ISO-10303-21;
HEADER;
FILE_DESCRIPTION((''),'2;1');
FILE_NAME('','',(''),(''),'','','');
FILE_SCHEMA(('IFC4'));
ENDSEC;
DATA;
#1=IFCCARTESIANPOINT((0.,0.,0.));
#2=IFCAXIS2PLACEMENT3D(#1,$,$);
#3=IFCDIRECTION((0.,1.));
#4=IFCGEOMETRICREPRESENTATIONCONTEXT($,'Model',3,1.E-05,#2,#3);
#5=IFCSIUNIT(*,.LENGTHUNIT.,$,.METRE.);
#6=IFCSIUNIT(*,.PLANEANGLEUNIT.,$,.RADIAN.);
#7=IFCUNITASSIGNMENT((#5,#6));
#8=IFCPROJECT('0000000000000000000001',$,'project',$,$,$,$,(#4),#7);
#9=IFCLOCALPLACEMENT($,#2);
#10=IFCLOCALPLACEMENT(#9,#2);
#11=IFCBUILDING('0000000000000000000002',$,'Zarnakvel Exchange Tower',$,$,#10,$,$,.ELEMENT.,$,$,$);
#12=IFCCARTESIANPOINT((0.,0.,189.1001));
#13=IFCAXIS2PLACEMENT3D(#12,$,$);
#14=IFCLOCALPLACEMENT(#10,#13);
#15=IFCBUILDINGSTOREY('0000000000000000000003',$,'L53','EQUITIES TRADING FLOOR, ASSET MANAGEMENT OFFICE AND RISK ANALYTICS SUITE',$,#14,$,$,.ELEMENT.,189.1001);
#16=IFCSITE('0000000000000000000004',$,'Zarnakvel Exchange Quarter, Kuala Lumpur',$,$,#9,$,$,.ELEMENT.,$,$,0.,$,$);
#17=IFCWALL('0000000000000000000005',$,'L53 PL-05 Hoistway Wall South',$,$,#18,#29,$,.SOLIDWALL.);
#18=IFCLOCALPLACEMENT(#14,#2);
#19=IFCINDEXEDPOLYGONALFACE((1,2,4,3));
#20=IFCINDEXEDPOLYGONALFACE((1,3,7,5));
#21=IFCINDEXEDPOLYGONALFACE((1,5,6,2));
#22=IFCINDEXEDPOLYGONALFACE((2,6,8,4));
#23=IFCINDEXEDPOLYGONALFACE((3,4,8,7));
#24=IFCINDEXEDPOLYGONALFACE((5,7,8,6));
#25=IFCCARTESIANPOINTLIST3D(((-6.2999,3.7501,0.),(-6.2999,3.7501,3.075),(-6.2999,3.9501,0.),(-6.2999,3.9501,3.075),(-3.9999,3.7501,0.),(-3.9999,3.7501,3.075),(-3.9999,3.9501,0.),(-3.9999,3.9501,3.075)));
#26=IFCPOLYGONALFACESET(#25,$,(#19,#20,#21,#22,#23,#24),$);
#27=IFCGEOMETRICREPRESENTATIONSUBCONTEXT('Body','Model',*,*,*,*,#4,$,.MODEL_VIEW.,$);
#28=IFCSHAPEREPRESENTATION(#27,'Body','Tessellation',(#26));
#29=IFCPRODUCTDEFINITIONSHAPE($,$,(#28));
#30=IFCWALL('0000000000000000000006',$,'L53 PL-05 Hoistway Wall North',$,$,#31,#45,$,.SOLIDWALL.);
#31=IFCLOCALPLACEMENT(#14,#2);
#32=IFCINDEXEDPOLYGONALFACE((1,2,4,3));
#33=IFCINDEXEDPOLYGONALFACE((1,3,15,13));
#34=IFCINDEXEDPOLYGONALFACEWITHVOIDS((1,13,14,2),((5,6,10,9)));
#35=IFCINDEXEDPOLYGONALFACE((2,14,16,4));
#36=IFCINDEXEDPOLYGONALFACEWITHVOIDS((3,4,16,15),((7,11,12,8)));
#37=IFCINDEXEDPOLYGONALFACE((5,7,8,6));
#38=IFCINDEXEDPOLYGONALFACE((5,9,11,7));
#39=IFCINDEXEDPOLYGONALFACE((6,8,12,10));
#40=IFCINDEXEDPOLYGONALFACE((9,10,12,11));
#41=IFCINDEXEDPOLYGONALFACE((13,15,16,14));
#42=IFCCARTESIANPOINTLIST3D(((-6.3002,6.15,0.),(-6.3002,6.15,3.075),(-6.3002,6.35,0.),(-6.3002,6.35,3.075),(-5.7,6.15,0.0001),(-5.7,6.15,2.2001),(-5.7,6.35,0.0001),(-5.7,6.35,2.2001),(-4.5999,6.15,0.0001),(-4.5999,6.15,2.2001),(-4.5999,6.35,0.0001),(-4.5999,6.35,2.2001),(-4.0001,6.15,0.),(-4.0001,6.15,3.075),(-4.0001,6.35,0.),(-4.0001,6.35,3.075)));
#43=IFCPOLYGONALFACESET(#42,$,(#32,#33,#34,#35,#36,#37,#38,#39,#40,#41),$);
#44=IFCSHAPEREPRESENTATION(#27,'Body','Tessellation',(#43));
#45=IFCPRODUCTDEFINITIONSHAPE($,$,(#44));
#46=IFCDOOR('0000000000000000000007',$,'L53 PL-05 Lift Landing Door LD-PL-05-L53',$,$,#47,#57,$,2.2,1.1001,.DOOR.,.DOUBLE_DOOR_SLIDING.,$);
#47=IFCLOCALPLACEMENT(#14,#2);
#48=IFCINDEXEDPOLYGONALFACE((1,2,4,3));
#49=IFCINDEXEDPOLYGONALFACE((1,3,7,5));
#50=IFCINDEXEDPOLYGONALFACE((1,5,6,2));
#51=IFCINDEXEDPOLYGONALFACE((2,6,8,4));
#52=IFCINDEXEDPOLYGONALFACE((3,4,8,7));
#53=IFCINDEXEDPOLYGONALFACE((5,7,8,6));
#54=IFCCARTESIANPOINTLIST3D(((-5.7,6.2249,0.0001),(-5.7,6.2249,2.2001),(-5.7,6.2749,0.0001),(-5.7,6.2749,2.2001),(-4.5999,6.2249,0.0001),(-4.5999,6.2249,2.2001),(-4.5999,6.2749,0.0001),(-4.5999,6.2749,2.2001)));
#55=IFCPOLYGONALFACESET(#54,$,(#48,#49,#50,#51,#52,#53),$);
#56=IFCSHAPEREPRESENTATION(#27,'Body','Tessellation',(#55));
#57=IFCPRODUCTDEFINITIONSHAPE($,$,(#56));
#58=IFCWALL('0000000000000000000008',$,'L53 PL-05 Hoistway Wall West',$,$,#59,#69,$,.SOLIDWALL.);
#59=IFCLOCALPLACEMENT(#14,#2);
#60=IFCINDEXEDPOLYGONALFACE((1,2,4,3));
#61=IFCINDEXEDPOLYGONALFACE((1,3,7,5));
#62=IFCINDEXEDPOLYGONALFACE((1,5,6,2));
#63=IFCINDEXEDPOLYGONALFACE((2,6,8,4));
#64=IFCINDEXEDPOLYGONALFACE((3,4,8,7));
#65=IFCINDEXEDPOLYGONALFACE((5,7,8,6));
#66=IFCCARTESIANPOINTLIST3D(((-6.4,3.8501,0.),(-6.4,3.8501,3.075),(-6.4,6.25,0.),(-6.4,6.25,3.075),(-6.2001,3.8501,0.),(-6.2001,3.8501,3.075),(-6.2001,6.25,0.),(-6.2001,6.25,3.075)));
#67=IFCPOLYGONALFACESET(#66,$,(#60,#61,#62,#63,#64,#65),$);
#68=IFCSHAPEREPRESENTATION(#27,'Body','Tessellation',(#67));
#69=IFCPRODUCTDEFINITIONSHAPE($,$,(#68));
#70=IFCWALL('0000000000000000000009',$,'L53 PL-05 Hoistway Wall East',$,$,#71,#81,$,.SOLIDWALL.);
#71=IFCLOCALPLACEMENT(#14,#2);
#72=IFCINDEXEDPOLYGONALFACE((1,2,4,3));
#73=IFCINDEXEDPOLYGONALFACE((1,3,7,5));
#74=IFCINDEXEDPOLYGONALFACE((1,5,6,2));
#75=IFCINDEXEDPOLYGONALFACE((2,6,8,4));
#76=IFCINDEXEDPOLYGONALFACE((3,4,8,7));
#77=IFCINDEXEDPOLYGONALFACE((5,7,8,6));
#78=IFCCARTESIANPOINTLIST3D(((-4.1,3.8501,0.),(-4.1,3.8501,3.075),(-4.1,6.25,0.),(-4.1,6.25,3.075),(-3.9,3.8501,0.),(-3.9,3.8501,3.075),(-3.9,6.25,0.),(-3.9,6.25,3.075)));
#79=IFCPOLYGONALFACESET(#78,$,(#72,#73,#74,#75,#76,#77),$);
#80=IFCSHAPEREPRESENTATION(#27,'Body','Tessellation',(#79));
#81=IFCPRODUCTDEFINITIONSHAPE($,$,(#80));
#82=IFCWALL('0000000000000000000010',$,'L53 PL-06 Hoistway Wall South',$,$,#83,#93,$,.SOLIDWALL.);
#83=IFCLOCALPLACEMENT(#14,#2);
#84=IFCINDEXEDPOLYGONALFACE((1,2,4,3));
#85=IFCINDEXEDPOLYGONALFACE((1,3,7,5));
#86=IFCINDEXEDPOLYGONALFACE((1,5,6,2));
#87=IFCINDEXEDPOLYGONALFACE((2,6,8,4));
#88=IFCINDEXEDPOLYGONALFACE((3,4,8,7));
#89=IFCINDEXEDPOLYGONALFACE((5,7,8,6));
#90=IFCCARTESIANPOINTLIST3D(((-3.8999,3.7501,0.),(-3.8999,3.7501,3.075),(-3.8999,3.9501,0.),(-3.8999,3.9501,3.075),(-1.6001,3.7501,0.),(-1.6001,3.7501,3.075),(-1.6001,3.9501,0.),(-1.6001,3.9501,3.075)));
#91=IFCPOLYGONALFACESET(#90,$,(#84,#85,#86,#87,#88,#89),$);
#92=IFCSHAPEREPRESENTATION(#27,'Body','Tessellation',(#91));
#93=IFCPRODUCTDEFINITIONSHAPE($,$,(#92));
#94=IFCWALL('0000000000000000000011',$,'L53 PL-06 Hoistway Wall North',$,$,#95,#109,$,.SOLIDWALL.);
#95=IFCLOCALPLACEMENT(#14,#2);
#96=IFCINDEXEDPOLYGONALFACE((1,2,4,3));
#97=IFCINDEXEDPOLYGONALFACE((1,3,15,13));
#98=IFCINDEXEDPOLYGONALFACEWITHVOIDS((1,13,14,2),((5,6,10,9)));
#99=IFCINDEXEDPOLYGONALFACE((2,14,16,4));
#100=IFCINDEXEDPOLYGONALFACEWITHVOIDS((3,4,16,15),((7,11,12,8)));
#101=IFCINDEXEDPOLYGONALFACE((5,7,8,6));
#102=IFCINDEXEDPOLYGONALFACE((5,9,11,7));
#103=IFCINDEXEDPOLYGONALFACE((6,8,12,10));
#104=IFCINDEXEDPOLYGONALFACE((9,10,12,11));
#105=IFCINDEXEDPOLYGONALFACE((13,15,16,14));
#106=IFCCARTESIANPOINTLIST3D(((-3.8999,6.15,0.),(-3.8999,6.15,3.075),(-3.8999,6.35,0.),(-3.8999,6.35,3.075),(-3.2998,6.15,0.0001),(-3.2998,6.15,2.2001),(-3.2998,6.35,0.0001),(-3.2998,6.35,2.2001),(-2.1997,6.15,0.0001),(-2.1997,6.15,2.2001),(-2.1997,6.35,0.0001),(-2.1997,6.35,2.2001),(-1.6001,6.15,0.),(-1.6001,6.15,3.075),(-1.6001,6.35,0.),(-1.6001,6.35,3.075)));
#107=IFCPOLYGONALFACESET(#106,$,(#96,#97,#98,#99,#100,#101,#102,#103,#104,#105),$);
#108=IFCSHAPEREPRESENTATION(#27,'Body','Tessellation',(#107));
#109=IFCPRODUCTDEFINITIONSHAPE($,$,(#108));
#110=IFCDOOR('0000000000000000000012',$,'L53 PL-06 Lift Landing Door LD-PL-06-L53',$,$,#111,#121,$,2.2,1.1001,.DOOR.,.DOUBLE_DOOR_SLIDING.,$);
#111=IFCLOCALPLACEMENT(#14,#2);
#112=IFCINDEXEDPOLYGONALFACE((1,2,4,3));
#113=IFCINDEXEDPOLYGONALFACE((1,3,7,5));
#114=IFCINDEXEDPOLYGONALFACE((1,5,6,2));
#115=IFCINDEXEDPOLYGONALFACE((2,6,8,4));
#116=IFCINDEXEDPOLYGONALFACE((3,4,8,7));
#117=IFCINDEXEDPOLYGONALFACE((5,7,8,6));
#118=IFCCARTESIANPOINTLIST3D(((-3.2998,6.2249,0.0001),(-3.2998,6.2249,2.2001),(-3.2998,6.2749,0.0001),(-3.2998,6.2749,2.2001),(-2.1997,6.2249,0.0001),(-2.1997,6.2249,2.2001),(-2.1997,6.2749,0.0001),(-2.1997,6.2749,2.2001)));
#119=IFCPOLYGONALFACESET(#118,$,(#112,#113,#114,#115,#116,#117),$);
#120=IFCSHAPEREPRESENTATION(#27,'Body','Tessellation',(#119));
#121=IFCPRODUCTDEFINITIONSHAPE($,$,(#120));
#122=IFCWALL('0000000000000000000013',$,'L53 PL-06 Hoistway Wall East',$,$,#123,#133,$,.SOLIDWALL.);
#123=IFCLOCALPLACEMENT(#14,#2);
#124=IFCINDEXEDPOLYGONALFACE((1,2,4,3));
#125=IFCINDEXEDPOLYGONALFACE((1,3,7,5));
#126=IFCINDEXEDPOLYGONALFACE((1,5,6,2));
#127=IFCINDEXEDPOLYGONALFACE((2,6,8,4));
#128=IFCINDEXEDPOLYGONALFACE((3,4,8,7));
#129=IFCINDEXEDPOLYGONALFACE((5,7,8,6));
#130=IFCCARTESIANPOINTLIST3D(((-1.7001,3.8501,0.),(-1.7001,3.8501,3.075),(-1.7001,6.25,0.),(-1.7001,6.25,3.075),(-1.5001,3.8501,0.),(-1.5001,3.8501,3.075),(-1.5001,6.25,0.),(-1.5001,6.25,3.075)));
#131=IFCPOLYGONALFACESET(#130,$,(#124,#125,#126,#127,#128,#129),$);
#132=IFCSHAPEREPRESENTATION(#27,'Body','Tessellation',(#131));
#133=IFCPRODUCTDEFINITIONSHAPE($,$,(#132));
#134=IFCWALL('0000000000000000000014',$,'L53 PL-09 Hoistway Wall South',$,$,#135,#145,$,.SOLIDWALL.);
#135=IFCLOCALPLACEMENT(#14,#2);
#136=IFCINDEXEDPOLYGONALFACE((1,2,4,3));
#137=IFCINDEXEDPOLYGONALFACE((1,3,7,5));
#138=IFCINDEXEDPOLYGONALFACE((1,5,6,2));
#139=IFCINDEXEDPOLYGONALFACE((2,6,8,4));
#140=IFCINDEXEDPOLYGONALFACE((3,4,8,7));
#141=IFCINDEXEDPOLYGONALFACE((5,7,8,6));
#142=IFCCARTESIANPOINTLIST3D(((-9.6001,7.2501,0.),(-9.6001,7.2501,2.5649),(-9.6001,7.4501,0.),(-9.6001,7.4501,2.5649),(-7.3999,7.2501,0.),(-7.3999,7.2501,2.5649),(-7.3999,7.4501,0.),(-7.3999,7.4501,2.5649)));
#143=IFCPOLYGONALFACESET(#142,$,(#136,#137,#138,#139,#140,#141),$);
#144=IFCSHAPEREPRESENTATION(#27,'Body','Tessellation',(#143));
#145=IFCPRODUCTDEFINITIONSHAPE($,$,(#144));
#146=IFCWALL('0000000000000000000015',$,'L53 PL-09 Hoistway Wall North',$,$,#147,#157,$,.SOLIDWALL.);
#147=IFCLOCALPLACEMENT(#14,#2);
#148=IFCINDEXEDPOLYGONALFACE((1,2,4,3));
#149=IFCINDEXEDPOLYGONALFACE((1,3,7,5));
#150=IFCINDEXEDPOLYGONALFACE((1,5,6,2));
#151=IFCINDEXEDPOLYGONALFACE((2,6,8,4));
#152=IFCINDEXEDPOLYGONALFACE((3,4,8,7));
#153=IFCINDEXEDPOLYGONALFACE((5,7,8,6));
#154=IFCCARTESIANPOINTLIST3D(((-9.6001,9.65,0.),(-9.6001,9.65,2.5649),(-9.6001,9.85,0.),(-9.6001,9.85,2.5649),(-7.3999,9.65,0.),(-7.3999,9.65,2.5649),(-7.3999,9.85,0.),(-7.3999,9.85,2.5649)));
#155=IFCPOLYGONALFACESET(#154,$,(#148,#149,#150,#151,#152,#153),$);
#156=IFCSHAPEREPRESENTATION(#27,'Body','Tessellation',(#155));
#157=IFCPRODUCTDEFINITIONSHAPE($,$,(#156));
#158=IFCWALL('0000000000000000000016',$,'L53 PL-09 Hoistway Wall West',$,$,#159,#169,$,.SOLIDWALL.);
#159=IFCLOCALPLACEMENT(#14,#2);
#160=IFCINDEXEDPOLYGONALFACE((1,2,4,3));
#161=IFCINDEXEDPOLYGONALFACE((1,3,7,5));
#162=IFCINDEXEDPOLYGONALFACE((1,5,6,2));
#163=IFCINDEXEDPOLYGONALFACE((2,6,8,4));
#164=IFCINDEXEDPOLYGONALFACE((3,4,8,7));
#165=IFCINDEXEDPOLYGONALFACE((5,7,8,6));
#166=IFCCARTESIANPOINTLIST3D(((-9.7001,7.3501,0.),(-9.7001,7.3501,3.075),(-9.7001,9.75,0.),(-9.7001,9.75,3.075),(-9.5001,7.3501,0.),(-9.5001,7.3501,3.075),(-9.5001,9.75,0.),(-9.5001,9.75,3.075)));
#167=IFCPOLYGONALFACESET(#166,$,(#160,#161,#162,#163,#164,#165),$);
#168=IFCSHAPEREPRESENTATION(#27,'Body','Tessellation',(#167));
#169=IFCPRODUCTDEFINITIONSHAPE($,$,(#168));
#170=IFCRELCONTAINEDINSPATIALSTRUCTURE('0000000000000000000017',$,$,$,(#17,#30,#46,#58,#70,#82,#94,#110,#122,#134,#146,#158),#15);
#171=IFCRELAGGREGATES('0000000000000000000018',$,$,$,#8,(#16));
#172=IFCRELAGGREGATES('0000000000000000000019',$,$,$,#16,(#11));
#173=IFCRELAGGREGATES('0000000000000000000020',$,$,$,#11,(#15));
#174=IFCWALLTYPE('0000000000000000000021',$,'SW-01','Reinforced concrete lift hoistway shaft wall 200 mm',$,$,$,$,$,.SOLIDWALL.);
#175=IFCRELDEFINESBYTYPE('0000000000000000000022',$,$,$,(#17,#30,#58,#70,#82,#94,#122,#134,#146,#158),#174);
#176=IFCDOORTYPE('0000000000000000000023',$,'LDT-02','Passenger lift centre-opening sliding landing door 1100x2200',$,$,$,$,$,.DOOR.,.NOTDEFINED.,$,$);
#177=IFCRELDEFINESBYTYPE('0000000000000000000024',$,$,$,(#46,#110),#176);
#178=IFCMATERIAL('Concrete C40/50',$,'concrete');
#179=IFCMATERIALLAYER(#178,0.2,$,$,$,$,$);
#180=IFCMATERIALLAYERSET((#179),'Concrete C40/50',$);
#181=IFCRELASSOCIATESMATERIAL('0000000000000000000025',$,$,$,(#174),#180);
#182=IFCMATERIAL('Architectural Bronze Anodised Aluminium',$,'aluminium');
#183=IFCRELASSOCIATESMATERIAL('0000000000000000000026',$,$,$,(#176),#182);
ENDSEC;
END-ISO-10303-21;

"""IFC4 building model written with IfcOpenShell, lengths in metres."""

from ifc_helpers import new_model, si_unit, direction, frame, frame_2d, origin, place, context, subcontext, project, spatial, rectangle, extrude, source, transform, mapped, material, layer, layer_set, type_object, element, fill, save


model = new_model("IFC4")

# Units and contexts
model_context = context("Model", 3, precision=1e-05, world=origin(), true_north=direction((0.0, 1.0)))
body_context = subcontext(model_context, "Body", "Model", "MODEL_VIEW")
ifc_project = project(units=[si_unit("LENGTHUNIT", "METRE"), si_unit("PLANEANGLEUNIT", "RADIAN")], contexts=[model_context])

# Site, building, storey
site_placement = place(None, origin())
site = spatial("IfcSite", under=ifc_project, at=site_placement, Name="Zarnakvel Exchange Quarter, Kuala Lumpur", CompositionType="ELEMENT", RefElevation=0.0)
building_placement = place(site_placement, origin())
building = spatial("IfcBuilding", under=site, at=building_placement, Name="Zarnakvel Exchange Tower", CompositionType="ELEMENT")
storey_placement = place(building_placement, frame((0.0, 0.0, 189.1001)))
storey = spatial("IfcBuildingStorey", under=building, at=storey_placement, Name="L53", Description="EQUITIES TRADING FLOOR, ASSET MANAGEMENT OFFICE AND RISK ANALYTICS SUITE", CompositionType="ELEMENT", Elevation=189.1001)

# Shared definitions
ifc_material_1 = material(Name="Concrete C40/50", Category="concrete")

# Shared definitions
ifc_layer_1 = layer(ifc_material_1, 0.2)
ifc_layer_set_1 = layer_set([ifc_layer_1], Name="Concrete C40/50")
wall_type_1 = type_object("IfcWallType", Name="SW-01", Description="Reinforced concrete lift hoistway shaft wall 200 mm", PredefinedType="SOLIDWALL", material=ifc_layer_set_1)
shared_shape_1 = source(origin(), body_context, "Body", "SweptSolid", [
    extrude(rectangle(XDim=1.1001, YDim=2.2, at=frame_2d((0.55, 1.1001))), frame((0.0, 0.0249, 0.0), z_axis=(0.0, -1.0, 0.0), x_axis=(1.0, 0.0, 0.0)), (0.0, 0.0, 1.0), 0.05),
])

# Wall
wall_1_placement = place(storey_placement, frame((-4.0, 3.8501, 0.0), z_axis=(0.0, 0.0, 1.0), x_axis=(-1.0, 0.0, 0.0)))
element("IfcWall", 1, at=wall_1_placement, inside=storey, type_object=wall_type_1, Name="L53 PL-05 Hoistway Wall South", PredefinedType="SOLIDWALL", context=body_context, shape_type="SweptSolid", body=[
    extrude(rectangle(XDim=2.3, YDim=0.2, at=frame_2d((1.1499, 0.0))), origin(), (0.0, 0.0, 1.0), 3.075),
])

# Wall, opening, door
wall_2_placement = place(storey_placement, frame((-6.3, 6.25, 0.0), z_axis=(0.0, 0.0, 1.0), x_axis=(1.0, 0.0, 0.0)))
wall_2 = element("IfcWall", 2, at=wall_2_placement, inside=storey, type_object=wall_type_1, Name="L53 PL-05 Hoistway Wall North", PredefinedType="SOLIDWALL", context=body_context, shape_type="SweptSolid", body=[
    extrude(rectangle(XDim=2.3, YDim=0.2, at=frame_2d((1.1499, 0.0))), origin(), (0.0, 0.0, 1.0), 3.075),
])
opening_1_placement = place(wall_2_placement, frame((0.6001, 0.0, 0.0)))
opening_1 = element("IfcOpeningElement", 3, at=opening_1_placement, cuts=wall_2, PredefinedType="OPENING", context=body_context, shape_type="SweptSolid", body=[
    extrude(rectangle(XDim=1.1001, YDim=2.2, at=frame_2d((0.55, 1.1001))), frame((0.0, 0.1099, 0.0), z_axis=(0.0, -1.0, 0.0), x_axis=(1.0, 0.0, 0.0)), (0.0, 0.0, 1.0), 0.22),
])
ifc_material_2 = material(Name="Architectural Bronze Anodised Aluminium", Category="aluminium")
door_type_1 = type_object("IfcDoorType", Name="LDT-02", Description="Passenger lift centre-opening sliding landing door 1100x2200", OperationType="NOTDEFINED", PredefinedType="DOOR", material=ifc_material_2)
door_1_placement = place(opening_1_placement, origin())
door_1 = element("IfcDoor", 4, at=door_1_placement, inside=storey, type_object=door_type_1, Name="L53 PL-05 Lift Landing Door LD-PL-05-L53", OperationType="DOUBLE_DOOR_SLIDING", OverallHeight=2.2, OverallWidth=1.1001, PredefinedType="DOOR", context=body_context, shape_type="MappedRepresentation", body=[
    mapped(shared_shape_1, transform((0.0, 0.0, 0.0), x_axis=(1.0, 0.0, 0.0), y_axis=(0.0, 1.0, 0.0), z_axis=(0.0, 0.0, 1.0), scale=1.0)),
])
fill(opening_1, door_1)

# Walls
for number, where, z_axis, x_axis, name in (
    (5, (-6.3, 3.8501, 0.0), (0.0, 0.0, 1.0), (0.0, 1.0, 0.0), "L53 PL-05 Hoistway Wall West"),
    (6, (-4.0, 6.25, 0.0), (0.0, 0.0, 1.0), (0.0, -1.0, 0.0), "L53 PL-05 Hoistway Wall East"),
):
    element("IfcWall", number, at=place(storey_placement, frame(where, z_axis=z_axis, x_axis=x_axis)), inside=storey, type_object=wall_type_1, Name=name, PredefinedType="SOLIDWALL", context=body_context, shape_type="SweptSolid", body=[
        extrude(rectangle(XDim=2.3999, YDim=0.2, at=frame_2d((1.2, 0.0))), origin(), (0.0, 0.0, 1.0), 3.075),
    ])
wall_3_placement = place(storey_placement, frame((-1.6001, 3.8501, 0.0), z_axis=(0.0, 0.0, 1.0), x_axis=(-1.0, 0.0, 0.0)))
element("IfcWall", 7, at=wall_3_placement, inside=storey, type_object=wall_type_1, Name="L53 PL-06 Hoistway Wall South", PredefinedType="SOLIDWALL", context=body_context, shape_type="SweptSolid", body=[
    extrude(rectangle(XDim=2.2998, YDim=0.2, at=frame_2d((1.1499, 0.0))), origin(), (0.0, 0.0, 1.0), 3.075),
])

# Wall, opening, door
wall_4_placement = place(storey_placement, frame((-3.8999, 6.25, 0.0), z_axis=(0.0, 0.0, 1.0), x_axis=(1.0, 0.0, 0.0)))
wall_4 = element("IfcWall", 8, at=wall_4_placement, inside=storey, type_object=wall_type_1, Name="L53 PL-06 Hoistway Wall North", PredefinedType="SOLIDWALL", context=body_context, shape_type="SweptSolid", body=[
    extrude(rectangle(XDim=2.2998, YDim=0.2, at=frame_2d((1.1499, 0.0))), origin(), (0.0, 0.0, 1.0), 3.075),
])
opening_2_placement = place(wall_4_placement, frame((0.6001, 0.0, 0.0)))
opening_2 = element("IfcOpeningElement", 9, at=opening_2_placement, cuts=wall_4, PredefinedType="OPENING", context=body_context, shape_type="SweptSolid", body=[
    extrude(rectangle(XDim=1.1001, YDim=2.2, at=frame_2d((0.55, 1.1001))), frame((0.0, 0.1099, 0.0), z_axis=(0.0, -1.0, 0.0), x_axis=(1.0, 0.0, 0.0)), (0.0, 0.0, 1.0), 0.22),
])
door_2_placement = place(opening_2_placement, origin())
door_2 = element("IfcDoor", 10, at=door_2_placement, inside=storey, type_object=door_type_1, Name="L53 PL-06 Lift Landing Door LD-PL-06-L53", OperationType="DOUBLE_DOOR_SLIDING", OverallHeight=2.2, OverallWidth=1.1001, PredefinedType="DOOR", context=body_context, shape_type="MappedRepresentation", body=[
    mapped(shared_shape_1, transform((0.0, 0.0, 0.0), x_axis=(1.0, 0.0, 0.0), y_axis=(0.0, 1.0, 0.0), z_axis=(0.0, 0.0, 1.0), scale=1.0)),
])
fill(opening_2, door_2)

# Walls
wall_5_placement = place(storey_placement, frame((-1.6001, 6.25, 0.0), z_axis=(0.0, 0.0, 1.0), x_axis=(0.0, -1.0, 0.0)))
element("IfcWall", 11, at=wall_5_placement, inside=storey, type_object=wall_type_1, Name="L53 PL-06 Hoistway Wall East", PredefinedType="SOLIDWALL", context=body_context, shape_type="SweptSolid", body=[
    extrude(rectangle(XDim=2.3999, YDim=0.2, at=frame_2d((1.2, 0.0))), origin(), (0.0, 0.0, 1.0), 3.075),
])
for number, where, z_axis, x_axis, name in (
    (12, (-7.3999, 7.3501, 0.0), (0.0, 0.0, 1.0), (-1.0, 0.0, 0.0), "L53 PL-09 Hoistway Wall South"),
    (13, (-9.6001, 9.75, 0.0), (0.0, 0.0, 1.0), (1.0, 0.0, 0.0), "L53 PL-09 Hoistway Wall North"),
):
    element("IfcWall", number, at=place(storey_placement, frame(where, z_axis=z_axis, x_axis=x_axis)), inside=storey, type_object=wall_type_1, Name=name, PredefinedType="SOLIDWALL", context=body_context, shape_type="SweptSolid", body=[
        extrude(rectangle(XDim=2.2002, YDim=0.2, at=frame_2d((1.1001, 0.0))), origin(), (0.0, 0.0, 1.0), 2.5649),
    ])
wall_6_placement = place(storey_placement, frame((-9.6001, 7.3501, 0.0), z_axis=(0.0, 0.0, 1.0), x_axis=(0.0, 1.0, 0.0)))
element("IfcWall", 14, at=wall_6_placement, inside=storey, type_object=wall_type_1, Name="L53 PL-09 Hoistway Wall West", PredefinedType="SOLIDWALL", context=body_context, shape_type="SweptSolid", body=[
    extrude(rectangle(XDim=2.3999, YDim=0.2, at=frame_2d((1.2, 0.0))), origin(), (0.0, 0.0, 1.0), 3.075),
])

save(model, "model.ifc")
